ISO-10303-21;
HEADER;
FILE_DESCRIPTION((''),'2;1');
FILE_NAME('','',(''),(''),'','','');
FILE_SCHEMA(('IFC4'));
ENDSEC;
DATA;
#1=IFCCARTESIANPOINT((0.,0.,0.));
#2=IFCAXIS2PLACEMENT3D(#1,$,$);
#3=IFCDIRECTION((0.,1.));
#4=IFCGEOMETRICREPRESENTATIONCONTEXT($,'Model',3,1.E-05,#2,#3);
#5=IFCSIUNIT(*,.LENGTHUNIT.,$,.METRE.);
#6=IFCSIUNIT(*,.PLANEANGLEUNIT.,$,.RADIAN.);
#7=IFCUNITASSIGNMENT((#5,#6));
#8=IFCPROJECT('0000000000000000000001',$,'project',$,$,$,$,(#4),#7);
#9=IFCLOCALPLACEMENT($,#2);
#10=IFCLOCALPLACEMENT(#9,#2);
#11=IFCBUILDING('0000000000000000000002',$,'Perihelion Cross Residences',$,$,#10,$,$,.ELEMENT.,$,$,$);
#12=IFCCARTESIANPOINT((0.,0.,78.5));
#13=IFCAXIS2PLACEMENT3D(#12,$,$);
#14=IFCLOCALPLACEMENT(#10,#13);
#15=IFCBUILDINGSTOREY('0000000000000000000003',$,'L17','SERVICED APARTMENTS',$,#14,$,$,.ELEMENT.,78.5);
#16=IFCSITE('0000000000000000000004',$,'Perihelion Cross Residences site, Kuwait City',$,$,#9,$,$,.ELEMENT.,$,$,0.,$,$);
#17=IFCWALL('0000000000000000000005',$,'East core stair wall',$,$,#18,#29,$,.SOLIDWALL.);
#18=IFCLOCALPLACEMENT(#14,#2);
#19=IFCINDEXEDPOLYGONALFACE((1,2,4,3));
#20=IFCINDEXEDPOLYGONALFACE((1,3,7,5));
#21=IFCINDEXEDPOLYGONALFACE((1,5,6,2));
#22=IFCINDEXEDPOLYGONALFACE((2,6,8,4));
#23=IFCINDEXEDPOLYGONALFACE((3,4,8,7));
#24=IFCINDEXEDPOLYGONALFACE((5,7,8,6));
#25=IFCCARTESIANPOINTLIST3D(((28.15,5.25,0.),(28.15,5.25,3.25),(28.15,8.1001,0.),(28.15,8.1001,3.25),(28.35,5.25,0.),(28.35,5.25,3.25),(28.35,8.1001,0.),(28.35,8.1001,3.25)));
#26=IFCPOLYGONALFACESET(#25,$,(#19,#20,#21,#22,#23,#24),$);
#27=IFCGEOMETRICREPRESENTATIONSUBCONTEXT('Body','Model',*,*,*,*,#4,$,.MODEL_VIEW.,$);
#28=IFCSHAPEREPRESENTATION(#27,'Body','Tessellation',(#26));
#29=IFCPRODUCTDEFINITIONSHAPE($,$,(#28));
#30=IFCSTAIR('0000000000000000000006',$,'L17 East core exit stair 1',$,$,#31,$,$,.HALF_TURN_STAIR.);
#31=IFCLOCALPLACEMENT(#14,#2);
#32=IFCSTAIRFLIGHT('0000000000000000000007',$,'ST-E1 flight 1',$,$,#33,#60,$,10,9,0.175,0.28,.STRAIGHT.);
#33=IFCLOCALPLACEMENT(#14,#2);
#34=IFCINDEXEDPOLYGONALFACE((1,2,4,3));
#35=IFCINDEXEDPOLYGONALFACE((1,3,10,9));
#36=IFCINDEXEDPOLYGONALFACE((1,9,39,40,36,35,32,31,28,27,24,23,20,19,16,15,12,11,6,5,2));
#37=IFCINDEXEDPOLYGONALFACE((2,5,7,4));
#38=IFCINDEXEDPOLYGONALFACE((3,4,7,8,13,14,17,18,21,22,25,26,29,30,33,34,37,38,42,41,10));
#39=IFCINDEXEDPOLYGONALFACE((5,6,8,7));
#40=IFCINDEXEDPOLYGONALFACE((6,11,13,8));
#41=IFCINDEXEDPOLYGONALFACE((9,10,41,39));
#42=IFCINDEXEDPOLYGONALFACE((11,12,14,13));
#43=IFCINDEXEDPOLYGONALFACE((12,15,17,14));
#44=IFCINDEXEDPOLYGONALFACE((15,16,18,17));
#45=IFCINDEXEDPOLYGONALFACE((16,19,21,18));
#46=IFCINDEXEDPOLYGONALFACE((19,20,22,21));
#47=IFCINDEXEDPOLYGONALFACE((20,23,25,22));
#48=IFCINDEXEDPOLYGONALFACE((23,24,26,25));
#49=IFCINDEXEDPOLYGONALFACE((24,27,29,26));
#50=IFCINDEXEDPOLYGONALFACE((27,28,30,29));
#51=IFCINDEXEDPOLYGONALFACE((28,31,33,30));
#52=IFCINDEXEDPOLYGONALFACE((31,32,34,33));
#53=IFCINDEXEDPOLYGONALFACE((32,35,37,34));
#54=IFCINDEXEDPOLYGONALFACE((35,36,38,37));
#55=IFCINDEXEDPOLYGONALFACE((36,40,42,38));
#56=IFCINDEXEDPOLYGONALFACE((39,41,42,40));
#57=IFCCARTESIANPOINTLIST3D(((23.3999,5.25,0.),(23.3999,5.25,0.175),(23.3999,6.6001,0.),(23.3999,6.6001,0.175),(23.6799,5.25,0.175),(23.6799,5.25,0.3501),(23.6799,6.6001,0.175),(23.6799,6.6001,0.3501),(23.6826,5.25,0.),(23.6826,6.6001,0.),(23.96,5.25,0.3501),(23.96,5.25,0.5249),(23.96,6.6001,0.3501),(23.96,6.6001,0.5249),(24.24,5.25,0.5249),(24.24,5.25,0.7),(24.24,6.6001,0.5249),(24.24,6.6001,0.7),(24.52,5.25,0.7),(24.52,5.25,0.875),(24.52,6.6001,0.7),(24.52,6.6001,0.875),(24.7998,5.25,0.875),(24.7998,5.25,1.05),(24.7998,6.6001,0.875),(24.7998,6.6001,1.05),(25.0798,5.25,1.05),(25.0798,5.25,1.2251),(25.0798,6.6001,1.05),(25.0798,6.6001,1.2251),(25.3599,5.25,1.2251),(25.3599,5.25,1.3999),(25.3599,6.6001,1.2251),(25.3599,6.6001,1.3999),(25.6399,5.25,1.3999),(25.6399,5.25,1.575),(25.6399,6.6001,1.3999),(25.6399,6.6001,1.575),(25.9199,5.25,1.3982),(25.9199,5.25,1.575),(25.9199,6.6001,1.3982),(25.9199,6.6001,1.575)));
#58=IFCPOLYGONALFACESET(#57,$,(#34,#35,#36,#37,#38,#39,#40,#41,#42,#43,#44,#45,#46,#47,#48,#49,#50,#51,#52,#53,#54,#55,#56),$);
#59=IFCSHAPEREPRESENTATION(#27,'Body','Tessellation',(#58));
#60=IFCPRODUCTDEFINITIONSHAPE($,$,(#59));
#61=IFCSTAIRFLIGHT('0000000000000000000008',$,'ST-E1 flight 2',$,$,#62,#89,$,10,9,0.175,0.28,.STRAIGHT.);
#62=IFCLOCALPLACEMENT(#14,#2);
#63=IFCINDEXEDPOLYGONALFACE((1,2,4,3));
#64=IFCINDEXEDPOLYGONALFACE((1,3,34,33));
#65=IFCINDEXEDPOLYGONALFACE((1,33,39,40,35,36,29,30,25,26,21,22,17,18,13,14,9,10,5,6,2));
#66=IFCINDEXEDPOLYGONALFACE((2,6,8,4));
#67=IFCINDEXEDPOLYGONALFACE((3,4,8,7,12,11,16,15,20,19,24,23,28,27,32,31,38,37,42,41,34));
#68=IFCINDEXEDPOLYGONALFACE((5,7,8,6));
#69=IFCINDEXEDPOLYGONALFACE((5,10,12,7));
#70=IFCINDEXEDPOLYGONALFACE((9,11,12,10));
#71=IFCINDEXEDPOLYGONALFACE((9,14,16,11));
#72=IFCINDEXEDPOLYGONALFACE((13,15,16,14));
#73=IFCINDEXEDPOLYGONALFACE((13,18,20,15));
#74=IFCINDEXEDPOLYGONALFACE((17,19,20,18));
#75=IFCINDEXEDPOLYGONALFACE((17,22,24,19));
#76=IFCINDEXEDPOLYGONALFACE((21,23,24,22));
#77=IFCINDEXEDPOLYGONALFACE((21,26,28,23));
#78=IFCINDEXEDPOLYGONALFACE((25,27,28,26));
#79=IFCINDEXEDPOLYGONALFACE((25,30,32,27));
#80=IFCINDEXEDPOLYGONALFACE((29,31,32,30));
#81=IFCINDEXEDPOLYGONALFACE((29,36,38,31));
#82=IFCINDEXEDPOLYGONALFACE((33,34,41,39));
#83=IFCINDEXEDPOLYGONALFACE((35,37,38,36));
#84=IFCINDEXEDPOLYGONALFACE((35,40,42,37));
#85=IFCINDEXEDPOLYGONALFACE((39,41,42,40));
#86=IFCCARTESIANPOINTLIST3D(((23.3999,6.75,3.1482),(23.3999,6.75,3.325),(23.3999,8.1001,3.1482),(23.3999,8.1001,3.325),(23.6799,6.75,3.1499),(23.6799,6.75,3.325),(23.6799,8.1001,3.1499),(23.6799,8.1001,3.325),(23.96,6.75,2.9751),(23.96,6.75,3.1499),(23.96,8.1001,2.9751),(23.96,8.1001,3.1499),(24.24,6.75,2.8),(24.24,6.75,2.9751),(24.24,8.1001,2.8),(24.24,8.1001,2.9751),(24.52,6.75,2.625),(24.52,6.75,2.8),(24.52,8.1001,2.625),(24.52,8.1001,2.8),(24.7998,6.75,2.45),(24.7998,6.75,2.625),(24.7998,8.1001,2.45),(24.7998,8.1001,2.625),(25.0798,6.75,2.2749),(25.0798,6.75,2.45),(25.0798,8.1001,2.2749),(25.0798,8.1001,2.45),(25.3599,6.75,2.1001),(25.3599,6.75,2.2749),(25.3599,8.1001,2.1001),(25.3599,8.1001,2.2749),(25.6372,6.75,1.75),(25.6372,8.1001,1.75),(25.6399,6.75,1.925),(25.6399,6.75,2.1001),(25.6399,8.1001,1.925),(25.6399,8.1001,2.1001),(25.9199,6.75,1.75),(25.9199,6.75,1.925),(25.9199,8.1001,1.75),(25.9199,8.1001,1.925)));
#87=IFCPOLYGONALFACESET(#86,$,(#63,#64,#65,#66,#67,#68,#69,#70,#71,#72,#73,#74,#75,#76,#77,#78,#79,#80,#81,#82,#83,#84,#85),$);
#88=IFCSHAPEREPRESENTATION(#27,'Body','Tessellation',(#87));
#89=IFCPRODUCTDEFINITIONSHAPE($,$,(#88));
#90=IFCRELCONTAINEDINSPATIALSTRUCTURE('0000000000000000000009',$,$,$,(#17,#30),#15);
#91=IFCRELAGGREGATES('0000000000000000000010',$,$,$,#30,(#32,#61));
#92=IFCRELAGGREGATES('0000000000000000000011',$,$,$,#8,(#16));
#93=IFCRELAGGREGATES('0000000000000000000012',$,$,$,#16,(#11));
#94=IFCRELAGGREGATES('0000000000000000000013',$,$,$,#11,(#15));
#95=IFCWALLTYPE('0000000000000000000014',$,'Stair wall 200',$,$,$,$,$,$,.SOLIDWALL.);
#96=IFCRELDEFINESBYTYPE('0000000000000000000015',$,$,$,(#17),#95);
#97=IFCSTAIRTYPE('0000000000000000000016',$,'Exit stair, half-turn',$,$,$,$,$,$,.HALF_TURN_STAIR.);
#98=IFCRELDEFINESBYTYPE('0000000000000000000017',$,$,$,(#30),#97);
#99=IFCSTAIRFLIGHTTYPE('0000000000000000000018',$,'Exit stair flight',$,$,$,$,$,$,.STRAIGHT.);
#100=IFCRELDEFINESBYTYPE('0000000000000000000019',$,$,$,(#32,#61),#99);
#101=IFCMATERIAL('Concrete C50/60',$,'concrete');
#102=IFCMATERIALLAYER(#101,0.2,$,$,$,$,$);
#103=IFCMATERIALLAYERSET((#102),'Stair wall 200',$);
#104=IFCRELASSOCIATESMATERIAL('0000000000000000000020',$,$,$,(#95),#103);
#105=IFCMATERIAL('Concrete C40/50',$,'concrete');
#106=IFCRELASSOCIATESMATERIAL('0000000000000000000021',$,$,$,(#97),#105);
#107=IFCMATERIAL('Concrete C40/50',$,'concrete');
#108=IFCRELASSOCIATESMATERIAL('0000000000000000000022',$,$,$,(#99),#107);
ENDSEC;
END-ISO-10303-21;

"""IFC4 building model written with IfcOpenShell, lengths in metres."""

from ifc_helpers import new_model, si_unit, direction, frame, frame_2d, origin, place, context, subcontext, project, spatial, polyline, rectangle, outline, extrude, material, layer, layer_set, type_object, element, aggregate, save


model = new_model("IFC4")

# Units and contexts
model_context = context("Model", 3, precision=1e-05, world=origin(), true_north=direction((0.0, 1.0)))
body_context = subcontext(model_context, "Body", "Model", "MODEL_VIEW")
ifc_project = project(units=[si_unit("LENGTHUNIT", "METRE"), si_unit("PLANEANGLEUNIT", "RADIAN")], contexts=[model_context])

# Site, building, storey
site_placement = place(None, origin())
site = spatial("IfcSite", under=ifc_project, at=site_placement, Name="Perihelion Cross Residences site, Kuwait City", CompositionType="ELEMENT", RefElevation=0.0)
building_placement = place(site_placement, origin())
building = spatial("IfcBuilding", under=site, at=building_placement, Name="Perihelion Cross Residences", CompositionType="ELEMENT")
storey_placement = place(building_placement, frame((0.0, 0.0, 78.5)))
storey = spatial("IfcBuildingStorey", under=building, at=storey_placement, Name="L17", Description="SERVICED APARTMENTS", CompositionType="ELEMENT", Elevation=78.5)

# Wall
ifc_material_1 = material(Name="Concrete C50/60", Category="concrete")
ifc_layer_1 = layer(ifc_material_1, 0.2)
ifc_layer_set_1 = layer_set([ifc_layer_1], Name="Stair wall 200")
wall_type_1 = type_object("IfcWallType", Name="Stair wall 200", PredefinedType="SOLIDWALL", material=ifc_layer_set_1)
wall_1_placement = place(storey_placement, frame((28.25, 5.25, 0.0), z_axis=(0.0, 0.0, 1.0), x_axis=(0.0, 1.0, 0.0)))
element("IfcWall", 1, at=wall_1_placement, inside=storey, type_object=wall_type_1, Name="East core stair wall", PredefinedType="SOLIDWALL", context=body_context, shape_type="SweptSolid", body=[
    extrude(rectangle(XDim=2.8501, YDim=0.2, at=frame_2d((1.425, 0.0))), origin(), (0.0, 0.0, 1.0), 3.25),
])

# Stair, stair flights
ifc_material_2 = material(Name="Concrete C40/50", Category="concrete")
stair_type = type_object("IfcStairType", Name="Exit stair, half-turn", PredefinedType="HALF_TURN_STAIR", material=ifc_material_2)
stair_placement = place(storey_placement, origin())
stair = element("IfcStair", 2, at=stair_placement, inside=storey, type_object=stair_type, Name="L17 East core exit stair 1", PredefinedType="HALF_TURN_STAIR")
ifc_material_3 = material(Name="Concrete C40/50", Category="concrete")
stair_flight_type = type_object("IfcStairFlightType", Name="Exit stair flight", PredefinedType="STRAIGHT", material=ifc_material_3)
stair_flight_1_placement = place(storey_placement, frame((23.3999, 5.925, 0.0), z_axis=(0.0, 0.0, 1.0), x_axis=(1.0, 0.0, 0.0)))
stair_flight_1 = element("IfcStairFlight", 3, at=stair_flight_1_placement, type_object=stair_flight_type, Name="ST-E1 flight 1", NumberOfRisers=10, NumberOfTreads=9, PredefinedType="STRAIGHT", RiserHeight=0.175, TreadLength=0.28, context=body_context, shape_type="SweptSolid", body=[
    extrude(outline(polyline([(0.0, 0.0), (0.0, 0.175), (0.28, 0.175), (0.28, 0.3501), (0.5601, 0.3501), (0.5601, 0.5249), (0.8401, 0.5249), (0.8401, 0.7), (1.1201, 0.7), (1.1201, 0.875), (1.3999, 0.875), (1.3999, 1.05), (1.6799, 1.05), (1.6799, 1.2251), (1.96, 1.2251), (1.96, 1.3999), (2.24, 1.3999), (2.24, 1.575), (2.52, 1.575), (2.52, 1.75), (2.52, 1.3982), (0.2827, 0.0), (0.0, 0.0)])), frame((0.0, 0.675, 0.0), z_axis=(0.0, -1.0, 0.0), x_axis=(1.0, 0.0, 0.0)), (0.0, 0.0, 1.0), 1.3501),
])
stair_flight_2_placement = place(storey_placement, frame((25.9199, 7.425, 1.75), z_axis=(0.0, 0.0, 1.0), x_axis=(-1.0, 0.0, 0.0)))
stair_flight_2 = element("IfcStairFlight", 4, at=stair_flight_2_placement, type_object=stair_flight_type, Name="ST-E1 flight 2", NumberOfRisers=10, NumberOfTreads=9, PredefinedType="STRAIGHT", RiserHeight=0.175, TreadLength=0.28, context=body_context, shape_type="SweptSolid", body=[
    extrude(outline(polyline([(0.0, 0.0), (0.0, 0.175), (0.28, 0.175), (0.28, 0.3501), (0.5601, 0.3501), (0.5601, 0.5249), (0.8401, 0.5249), (0.8401, 0.7), (1.1201, 0.7), (1.1201, 0.875), (1.3999, 0.875), (1.3999, 1.05), (1.6799, 1.05), (1.6799, 1.2251), (1.96, 1.2251), (1.96, 1.3999), (2.24, 1.3999), (2.24, 1.575), (2.52, 1.575), (2.52, 1.75), (2.52, 1.3982), (0.2827, 0.0), (0.0, 0.0)])), frame((0.0, 0.675, 0.0), z_axis=(0.0, -1.0, 0.0), x_axis=(1.0, 0.0, 0.0)), (0.0, 0.0, 1.0), 1.3501),
])
aggregate(stair, [stair_flight_1, stair_flight_2])

save(model, "model.ifc")
